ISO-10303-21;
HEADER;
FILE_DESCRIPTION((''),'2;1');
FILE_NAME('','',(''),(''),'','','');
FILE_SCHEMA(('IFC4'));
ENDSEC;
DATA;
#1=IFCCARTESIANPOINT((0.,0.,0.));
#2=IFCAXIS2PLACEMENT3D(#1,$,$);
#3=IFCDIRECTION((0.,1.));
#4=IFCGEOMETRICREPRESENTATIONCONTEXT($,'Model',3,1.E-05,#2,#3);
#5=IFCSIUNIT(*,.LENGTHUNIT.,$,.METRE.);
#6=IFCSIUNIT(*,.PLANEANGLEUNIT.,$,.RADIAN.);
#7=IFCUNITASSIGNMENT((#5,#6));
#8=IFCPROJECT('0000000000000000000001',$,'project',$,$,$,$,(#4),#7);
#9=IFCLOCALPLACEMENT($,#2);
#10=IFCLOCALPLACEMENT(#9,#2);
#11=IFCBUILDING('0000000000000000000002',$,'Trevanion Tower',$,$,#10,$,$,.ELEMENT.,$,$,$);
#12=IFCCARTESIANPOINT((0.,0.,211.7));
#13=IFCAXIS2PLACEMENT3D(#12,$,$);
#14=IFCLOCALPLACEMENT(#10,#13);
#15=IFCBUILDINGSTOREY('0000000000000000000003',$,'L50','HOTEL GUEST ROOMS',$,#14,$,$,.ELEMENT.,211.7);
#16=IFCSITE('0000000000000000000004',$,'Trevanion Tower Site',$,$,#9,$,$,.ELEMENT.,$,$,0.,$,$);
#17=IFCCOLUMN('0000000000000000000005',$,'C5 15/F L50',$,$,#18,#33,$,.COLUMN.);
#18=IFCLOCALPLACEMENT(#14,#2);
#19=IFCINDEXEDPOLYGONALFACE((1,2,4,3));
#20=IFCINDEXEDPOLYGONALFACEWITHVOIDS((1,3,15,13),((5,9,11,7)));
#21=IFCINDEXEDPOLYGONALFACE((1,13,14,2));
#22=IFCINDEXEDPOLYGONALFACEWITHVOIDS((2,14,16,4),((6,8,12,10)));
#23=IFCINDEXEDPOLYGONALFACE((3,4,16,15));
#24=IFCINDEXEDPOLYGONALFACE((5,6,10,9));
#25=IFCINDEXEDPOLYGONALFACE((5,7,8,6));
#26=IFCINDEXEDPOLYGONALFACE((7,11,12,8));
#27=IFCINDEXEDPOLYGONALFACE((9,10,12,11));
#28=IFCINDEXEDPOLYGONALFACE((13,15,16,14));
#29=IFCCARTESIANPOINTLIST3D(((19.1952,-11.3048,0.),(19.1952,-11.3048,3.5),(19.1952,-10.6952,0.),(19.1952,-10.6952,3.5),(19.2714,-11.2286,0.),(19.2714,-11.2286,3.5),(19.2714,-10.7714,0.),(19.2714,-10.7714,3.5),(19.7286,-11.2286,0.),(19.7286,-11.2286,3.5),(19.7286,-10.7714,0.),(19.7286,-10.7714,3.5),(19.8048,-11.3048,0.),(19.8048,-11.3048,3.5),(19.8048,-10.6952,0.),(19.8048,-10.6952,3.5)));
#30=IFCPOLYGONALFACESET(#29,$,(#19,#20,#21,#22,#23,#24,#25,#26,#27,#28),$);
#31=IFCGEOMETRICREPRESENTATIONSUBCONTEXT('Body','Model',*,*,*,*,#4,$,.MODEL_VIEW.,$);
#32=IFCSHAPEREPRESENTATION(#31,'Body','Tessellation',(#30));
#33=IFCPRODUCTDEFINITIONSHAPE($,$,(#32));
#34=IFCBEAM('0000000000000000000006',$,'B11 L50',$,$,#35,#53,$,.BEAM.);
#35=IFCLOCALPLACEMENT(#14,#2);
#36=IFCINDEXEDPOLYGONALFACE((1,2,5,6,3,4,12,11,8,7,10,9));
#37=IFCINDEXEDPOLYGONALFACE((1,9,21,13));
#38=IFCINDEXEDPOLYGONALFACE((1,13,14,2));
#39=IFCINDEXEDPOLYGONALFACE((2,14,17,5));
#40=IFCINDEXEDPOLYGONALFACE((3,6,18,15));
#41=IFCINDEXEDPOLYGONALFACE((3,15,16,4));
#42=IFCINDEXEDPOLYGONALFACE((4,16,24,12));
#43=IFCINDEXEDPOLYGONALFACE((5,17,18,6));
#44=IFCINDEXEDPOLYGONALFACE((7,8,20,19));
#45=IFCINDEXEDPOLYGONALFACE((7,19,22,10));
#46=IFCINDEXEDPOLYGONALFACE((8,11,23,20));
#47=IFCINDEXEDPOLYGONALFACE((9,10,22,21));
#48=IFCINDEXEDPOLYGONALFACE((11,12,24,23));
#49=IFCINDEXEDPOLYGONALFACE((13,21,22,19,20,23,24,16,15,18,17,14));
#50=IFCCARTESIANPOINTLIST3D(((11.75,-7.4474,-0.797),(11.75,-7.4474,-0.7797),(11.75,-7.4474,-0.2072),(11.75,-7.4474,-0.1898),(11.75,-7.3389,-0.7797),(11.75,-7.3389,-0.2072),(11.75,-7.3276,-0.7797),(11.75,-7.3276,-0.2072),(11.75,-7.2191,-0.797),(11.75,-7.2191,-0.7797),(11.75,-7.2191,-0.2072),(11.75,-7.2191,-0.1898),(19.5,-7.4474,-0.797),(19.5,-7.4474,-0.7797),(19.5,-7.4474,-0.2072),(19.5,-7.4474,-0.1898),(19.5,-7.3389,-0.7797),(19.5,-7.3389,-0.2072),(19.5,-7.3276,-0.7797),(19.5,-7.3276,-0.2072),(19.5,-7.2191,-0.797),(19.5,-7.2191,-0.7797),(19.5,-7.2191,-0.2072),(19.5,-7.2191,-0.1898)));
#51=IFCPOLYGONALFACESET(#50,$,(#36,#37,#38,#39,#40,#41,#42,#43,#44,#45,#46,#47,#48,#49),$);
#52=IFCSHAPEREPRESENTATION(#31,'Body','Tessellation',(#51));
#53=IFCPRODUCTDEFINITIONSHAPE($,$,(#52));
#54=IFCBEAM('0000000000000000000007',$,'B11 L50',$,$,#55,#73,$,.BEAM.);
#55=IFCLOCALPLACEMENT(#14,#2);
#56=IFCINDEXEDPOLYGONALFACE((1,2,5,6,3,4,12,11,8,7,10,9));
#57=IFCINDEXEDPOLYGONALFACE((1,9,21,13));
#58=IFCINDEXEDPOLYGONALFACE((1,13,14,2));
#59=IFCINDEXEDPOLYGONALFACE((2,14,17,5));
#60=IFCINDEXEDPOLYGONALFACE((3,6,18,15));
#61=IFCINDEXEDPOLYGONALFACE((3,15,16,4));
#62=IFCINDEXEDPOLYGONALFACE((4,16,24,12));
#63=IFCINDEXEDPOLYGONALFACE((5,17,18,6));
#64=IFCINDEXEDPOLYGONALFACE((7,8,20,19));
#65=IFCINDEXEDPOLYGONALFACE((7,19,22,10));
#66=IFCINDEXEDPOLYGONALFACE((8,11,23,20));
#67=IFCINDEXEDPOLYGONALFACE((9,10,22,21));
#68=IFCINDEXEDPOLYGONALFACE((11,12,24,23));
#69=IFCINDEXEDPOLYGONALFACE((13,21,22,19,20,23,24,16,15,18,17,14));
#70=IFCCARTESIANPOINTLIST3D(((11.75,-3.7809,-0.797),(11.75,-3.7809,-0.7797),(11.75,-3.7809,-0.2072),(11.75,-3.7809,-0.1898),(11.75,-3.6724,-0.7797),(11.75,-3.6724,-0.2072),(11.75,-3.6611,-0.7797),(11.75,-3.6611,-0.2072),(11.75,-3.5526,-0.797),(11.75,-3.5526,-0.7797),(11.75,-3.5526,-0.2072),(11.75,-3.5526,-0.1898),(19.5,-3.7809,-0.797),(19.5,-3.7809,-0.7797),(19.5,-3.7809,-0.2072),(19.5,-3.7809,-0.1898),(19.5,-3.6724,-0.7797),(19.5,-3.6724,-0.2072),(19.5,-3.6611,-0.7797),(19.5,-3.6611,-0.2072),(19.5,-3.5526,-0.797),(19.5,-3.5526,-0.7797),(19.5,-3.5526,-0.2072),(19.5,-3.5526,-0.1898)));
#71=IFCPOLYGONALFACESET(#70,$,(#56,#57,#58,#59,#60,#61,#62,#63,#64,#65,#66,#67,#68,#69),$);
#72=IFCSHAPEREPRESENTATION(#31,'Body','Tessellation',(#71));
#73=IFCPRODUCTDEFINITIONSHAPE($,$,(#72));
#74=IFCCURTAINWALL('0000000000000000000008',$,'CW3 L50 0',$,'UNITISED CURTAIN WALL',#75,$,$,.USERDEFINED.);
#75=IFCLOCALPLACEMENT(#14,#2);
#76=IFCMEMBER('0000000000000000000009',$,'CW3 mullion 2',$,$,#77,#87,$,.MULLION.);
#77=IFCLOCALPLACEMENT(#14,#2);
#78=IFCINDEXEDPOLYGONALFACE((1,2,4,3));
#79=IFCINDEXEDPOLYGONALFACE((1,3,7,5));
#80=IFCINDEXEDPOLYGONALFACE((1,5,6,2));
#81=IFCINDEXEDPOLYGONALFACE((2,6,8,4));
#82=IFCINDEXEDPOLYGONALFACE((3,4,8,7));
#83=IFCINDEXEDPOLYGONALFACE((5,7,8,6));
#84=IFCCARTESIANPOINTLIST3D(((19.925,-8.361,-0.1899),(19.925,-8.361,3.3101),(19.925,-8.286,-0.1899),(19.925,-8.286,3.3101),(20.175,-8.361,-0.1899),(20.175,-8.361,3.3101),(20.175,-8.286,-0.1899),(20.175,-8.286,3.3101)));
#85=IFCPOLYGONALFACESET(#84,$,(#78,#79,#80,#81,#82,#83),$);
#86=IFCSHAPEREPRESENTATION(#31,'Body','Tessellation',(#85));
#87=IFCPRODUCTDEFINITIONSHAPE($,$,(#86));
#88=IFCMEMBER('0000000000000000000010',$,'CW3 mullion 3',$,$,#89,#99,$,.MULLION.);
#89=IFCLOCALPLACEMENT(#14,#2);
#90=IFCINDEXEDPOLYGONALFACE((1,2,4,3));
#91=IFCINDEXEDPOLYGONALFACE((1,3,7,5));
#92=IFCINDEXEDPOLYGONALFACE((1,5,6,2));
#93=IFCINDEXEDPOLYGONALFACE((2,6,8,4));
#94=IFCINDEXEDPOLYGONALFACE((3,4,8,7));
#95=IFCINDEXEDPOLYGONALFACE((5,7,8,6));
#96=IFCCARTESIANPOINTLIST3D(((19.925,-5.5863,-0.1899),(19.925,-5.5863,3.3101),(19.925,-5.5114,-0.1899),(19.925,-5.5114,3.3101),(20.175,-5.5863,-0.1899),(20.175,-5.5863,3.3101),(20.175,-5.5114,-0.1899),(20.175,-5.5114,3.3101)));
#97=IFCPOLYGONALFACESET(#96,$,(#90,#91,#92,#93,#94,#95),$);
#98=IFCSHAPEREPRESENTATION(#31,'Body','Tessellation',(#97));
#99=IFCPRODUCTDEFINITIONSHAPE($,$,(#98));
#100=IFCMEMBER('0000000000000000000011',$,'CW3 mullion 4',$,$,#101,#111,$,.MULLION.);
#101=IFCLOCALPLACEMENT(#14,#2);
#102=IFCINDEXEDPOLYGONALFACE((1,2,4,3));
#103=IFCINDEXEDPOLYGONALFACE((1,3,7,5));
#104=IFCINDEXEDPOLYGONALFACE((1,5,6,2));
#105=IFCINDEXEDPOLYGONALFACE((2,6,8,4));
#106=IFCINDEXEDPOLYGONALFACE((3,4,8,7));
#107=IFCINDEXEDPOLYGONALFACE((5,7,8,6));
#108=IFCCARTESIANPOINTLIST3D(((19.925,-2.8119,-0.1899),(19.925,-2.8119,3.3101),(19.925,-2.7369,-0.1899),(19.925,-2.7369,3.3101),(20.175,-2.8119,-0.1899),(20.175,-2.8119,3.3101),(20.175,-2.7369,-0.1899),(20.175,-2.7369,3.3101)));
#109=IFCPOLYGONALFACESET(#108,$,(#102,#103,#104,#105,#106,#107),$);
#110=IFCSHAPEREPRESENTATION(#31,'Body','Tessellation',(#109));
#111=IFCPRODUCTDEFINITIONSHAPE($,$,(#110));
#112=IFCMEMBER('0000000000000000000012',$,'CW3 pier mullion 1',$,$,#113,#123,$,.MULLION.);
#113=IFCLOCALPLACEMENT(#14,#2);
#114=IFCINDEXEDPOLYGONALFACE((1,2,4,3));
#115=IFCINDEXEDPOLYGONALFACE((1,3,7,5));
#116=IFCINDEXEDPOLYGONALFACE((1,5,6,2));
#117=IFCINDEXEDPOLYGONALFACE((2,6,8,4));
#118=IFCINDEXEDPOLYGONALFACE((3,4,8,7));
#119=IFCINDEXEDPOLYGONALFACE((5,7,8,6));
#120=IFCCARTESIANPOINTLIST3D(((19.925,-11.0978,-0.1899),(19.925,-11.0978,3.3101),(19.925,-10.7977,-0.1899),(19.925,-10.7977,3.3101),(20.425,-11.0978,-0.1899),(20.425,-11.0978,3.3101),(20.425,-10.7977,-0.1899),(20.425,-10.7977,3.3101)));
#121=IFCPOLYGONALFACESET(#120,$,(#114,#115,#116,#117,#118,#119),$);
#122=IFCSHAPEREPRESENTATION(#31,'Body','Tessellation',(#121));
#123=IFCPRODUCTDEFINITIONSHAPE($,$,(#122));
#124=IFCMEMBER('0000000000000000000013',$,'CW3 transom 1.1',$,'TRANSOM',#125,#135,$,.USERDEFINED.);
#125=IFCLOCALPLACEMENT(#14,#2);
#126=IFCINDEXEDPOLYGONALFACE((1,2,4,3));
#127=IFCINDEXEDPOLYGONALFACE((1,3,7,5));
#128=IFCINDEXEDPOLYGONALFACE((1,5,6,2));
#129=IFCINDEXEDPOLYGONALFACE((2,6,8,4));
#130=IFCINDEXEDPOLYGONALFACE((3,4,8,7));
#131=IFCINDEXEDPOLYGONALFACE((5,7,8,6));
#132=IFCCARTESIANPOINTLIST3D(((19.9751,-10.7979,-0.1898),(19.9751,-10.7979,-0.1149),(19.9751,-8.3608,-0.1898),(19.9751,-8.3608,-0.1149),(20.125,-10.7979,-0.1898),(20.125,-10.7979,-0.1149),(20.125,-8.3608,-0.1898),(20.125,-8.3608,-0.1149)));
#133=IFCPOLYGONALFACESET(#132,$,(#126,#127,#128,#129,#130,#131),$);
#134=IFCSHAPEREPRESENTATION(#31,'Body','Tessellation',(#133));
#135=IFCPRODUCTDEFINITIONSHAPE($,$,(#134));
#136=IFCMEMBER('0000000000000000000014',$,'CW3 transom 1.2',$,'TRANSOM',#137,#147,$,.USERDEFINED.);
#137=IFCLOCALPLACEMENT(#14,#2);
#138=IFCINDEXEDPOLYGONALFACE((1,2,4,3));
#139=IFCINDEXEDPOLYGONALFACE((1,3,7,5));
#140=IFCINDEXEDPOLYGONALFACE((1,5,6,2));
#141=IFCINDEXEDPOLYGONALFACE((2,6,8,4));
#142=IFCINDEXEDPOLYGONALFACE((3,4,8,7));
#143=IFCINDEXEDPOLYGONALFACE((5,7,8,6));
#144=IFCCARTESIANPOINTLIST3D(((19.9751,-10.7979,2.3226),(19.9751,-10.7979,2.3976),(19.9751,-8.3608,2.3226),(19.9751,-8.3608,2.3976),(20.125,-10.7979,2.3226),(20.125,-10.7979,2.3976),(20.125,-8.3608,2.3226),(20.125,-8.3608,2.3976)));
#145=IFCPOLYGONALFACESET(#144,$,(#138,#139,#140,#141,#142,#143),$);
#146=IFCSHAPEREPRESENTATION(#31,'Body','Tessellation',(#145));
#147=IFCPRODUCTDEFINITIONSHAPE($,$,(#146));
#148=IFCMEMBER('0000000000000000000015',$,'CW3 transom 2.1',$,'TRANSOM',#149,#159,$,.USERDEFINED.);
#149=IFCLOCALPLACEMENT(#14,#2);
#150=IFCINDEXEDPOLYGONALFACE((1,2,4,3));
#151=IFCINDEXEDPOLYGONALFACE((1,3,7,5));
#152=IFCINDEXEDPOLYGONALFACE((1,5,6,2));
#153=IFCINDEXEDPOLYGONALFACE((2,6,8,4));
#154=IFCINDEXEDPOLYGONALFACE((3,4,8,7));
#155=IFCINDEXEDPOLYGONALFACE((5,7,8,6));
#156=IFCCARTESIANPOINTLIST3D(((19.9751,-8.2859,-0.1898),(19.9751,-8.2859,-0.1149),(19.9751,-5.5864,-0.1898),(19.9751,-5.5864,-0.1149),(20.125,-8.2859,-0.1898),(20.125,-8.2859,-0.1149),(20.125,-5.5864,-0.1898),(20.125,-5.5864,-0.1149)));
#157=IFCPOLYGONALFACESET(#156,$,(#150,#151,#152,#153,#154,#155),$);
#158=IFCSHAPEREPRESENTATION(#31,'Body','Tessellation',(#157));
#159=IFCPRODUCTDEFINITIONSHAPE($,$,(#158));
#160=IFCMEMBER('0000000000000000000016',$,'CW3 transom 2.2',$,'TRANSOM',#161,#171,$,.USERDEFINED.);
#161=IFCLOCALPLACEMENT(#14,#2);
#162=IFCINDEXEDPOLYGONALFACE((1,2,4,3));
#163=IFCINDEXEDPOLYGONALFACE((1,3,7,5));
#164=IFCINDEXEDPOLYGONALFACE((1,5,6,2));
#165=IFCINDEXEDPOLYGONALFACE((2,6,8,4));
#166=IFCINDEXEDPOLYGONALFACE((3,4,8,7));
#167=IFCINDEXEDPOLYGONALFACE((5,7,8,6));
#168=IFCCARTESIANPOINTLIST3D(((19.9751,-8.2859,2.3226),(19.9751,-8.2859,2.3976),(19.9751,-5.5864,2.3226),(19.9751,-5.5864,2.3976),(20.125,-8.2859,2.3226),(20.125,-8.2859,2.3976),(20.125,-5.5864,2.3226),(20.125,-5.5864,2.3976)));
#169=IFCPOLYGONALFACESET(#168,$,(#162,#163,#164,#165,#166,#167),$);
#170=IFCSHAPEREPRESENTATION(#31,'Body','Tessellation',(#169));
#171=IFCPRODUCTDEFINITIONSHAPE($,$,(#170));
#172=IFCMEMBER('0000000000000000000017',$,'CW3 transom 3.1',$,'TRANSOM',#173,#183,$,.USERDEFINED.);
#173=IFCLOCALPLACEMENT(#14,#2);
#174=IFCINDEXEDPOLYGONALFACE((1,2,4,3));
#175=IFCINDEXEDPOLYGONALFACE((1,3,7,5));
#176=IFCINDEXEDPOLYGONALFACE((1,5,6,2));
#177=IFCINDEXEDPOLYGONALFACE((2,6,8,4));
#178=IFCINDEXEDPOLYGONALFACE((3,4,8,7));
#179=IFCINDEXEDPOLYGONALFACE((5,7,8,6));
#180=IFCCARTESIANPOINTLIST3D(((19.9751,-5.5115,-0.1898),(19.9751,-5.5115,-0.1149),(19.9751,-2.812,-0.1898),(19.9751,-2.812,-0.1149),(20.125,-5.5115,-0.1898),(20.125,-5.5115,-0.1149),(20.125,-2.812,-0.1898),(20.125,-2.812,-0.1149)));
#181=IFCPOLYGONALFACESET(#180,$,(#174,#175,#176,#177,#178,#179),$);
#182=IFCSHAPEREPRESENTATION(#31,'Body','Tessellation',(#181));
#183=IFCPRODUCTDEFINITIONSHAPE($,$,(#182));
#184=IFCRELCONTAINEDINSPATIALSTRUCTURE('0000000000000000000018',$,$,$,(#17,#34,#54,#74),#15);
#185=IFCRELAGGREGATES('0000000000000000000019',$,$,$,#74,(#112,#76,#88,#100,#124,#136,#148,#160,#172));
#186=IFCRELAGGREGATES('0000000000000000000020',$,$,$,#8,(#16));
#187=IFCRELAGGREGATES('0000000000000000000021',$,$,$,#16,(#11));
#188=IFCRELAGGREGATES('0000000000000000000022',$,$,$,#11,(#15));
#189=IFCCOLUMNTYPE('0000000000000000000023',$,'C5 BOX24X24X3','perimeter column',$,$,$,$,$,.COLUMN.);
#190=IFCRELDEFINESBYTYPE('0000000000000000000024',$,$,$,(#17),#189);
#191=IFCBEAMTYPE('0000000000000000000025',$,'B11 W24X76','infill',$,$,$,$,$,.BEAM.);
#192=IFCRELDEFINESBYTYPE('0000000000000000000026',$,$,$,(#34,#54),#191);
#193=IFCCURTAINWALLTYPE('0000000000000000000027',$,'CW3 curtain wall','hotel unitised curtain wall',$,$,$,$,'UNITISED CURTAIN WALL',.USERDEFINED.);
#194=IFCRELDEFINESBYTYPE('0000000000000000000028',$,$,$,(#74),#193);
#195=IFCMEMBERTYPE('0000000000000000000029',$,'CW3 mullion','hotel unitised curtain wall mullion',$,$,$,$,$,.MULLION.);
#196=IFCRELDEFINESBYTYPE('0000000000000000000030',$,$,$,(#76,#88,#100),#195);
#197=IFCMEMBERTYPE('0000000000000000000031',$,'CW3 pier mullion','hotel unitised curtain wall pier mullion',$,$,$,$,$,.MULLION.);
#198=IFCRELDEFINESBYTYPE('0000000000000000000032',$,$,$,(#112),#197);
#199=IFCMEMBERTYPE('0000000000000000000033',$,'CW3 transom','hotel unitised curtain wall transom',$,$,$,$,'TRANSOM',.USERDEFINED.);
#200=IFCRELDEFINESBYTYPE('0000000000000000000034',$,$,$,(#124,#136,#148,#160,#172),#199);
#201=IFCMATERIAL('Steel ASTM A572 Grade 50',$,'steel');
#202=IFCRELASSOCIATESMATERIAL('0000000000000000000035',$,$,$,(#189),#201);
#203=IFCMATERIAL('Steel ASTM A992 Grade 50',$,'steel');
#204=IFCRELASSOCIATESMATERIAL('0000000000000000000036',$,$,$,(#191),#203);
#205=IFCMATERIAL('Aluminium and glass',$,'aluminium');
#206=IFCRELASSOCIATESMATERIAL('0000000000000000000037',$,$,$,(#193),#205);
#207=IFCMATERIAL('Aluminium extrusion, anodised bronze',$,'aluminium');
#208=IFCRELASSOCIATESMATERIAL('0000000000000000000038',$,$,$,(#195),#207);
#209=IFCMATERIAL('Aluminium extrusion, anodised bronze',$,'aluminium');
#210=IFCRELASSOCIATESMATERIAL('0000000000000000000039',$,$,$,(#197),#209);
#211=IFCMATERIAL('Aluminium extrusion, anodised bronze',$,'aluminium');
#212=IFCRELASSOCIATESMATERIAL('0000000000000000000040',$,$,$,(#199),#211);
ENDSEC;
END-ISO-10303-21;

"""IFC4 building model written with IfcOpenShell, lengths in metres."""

from ifc_helpers import new_model, si_unit, direction, frame, origin, origin_2d, place, context, subcontext, project, spatial, rectangle, hollow_rectangle, i_section, extrude, material, material_profile, profile_set, type_object, element, aggregate, save


model = new_model("IFC4")

# Units and contexts
model_context = context("Model", 3, precision=1e-05, world=origin(), true_north=direction((0.0, 1.0)))
body_context = subcontext(model_context, "Body", "Model", "MODEL_VIEW")
ifc_project = project(units=[si_unit("LENGTHUNIT", "METRE"), si_unit("PLANEANGLEUNIT", "RADIAN")], contexts=[model_context])

# Site, building, storey
site_placement = place(None, origin())
site = spatial("IfcSite", under=ifc_project, at=site_placement, Name="Trevanion Tower Site", CompositionType="ELEMENT", RefElevation=0.0)
building_placement = place(site_placement, origin())
building = spatial("IfcBuilding", under=site, at=building_placement, Name="Trevanion Tower", CompositionType="ELEMENT")
storey_placement = place(building_placement, frame((0.0, 0.0, 211.7)))
storey = spatial("IfcBuildingStorey", under=building, at=storey_placement, Name="L50", Description="HOTEL GUEST ROOMS", CompositionType="ELEMENT", Elevation=211.7)

# Column
ifc_material_1 = material(Name="Steel ASTM A572 Grade 50", Category="steel")
ifc_material_profile_1 = material_profile(ifc_material_1, hollow_rectangle(XDim=0.6096, YDim=0.6096, WallThickness=0.0762, at=origin_2d()), Name="BOX24X24X3")
ifc_profile_set_1 = profile_set([ifc_material_profile_1], Name="Steel ASTM A572 Grade 50")
column_type = type_object("IfcColumnType", Name="C5 BOX24X24X3", Description="perimeter column", PredefinedType="COLUMN", material=ifc_profile_set_1)
column_placement = place(storey_placement, frame((19.5, -11.0, 0.0), z_axis=(0.0, 0.0, 1.0), x_axis=(0.0, 1.0, 0.0)))
element("IfcColumn", 1, at=column_placement, inside=storey, type_object=column_type, Name="C5 15/F L50", PredefinedType="COLUMN", context=body_context, shape_type="SweptSolid", body=[
    extrude(hollow_rectangle(XDim=0.6096, YDim=0.6096, WallThickness=0.0762, at=origin_2d()), origin(), (0.0, 0.0, 1.0), 3.5),
])

# Beams
ifc_material_2 = material(Name="Steel ASTM A992 Grade 50", Category="steel")
ifc_material_profile_2 = material_profile(ifc_material_2, i_section(OverallWidth=0.2283, OverallDepth=0.6072, WebThickness=0.0112, FlangeThickness=0.0173, at=origin_2d()), Name="W24X76")
ifc_profile_set_2 = profile_set([ifc_material_profile_2], Name="Steel ASTM A992 Grade 50")
beam_type_1 = type_object("IfcBeamType", Name="B11 W24X76", Description="infill", PredefinedType="BEAM", material=ifc_profile_set_2)
for number, where, z_axis, x_axis, name in (
    (2, (11.75, -7.3333, -0.4934), (1.0, 0.0, 0.0), (0.0, 1.0, 0.0), "B11 L50"),
    (3, (11.75, -3.6667, -0.4934), (1.0, 0.0, 0.0), (0.0, 1.0, 0.0), "B11 L50"),
):
    element("IfcBeam", number, at=place(storey_placement, frame(where, z_axis=z_axis, x_axis=x_axis)), inside=storey, type_object=beam_type_1, Name=name, PredefinedType="BEAM", context=body_context, shape_type="SweptSolid", body=[
        extrude(i_section(OverallWidth=0.2283, OverallDepth=0.6072, WebThickness=0.0112, FlangeThickness=0.0173, at=origin_2d()), origin(), (0.0, 0.0, 1.0), 7.75),
    ])

# Curtain wall, members
ifc_material_3 = material(Name="Aluminium and glass", Category="aluminium")
curtain_wall_type = type_object("IfcCurtainWallType", Name="CW3 curtain wall", Description="hotel unitised curtain wall", ElementType="UNITISED CURTAIN WALL", PredefinedType="USERDEFINED", material=ifc_material_3)
curtain_wall_placement = place(storey_placement, origin())
curtain_wall = element("IfcCurtainWall", 4, at=curtain_wall_placement, inside=storey, type_object=curtain_wall_type, Name="CW3 L50 0", ObjectType="UNITISED CURTAIN WALL", PredefinedType="USERDEFINED")
ifc_material_4 = material(Name="Aluminium extrusion, anodised bronze", Category="aluminium")
ifc_material_profile_3 = material_profile(ifc_material_4, rectangle(XDim=0.075, YDim=0.25, at=origin_2d()), Name="CW3 mullion")
ifc_profile_set_3 = profile_set([ifc_material_profile_3], Name="Aluminium extrusion, anodised bronze")
member_type_1 = type_object("IfcMemberType", Name="CW3 mullion", Description="hotel unitised curtain wall mullion", PredefinedType="MULLION", material=ifc_profile_set_3)
member_1_placement = place(storey_placement, frame((20.05, -8.3235, -0.1899), z_axis=(0.0, 0.0, 1.0), x_axis=(0.0, 1.0, 0.0)))
member_1 = element("IfcMember", 5, at=member_1_placement, type_object=member_type_1, Name="CW3 mullion 2", PredefinedType="MULLION", context=body_context, shape_type="SweptSolid", body=[
    extrude(rectangle(XDim=0.075, YDim=0.25, at=origin_2d()), origin(), (0.0, 0.0, 1.0), 3.5),
])
member_2_placement = place(storey_placement, frame((20.05, -5.5488, -0.1899), z_axis=(0.0, 0.0, 1.0), x_axis=(0.0, 1.0, 0.0)))
member_2 = element("IfcMember", 6, at=member_2_placement, type_object=member_type_1, Name="CW3 mullion 3", PredefinedType="MULLION", context=body_context, shape_type="SweptSolid", body=[
    extrude(rectangle(XDim=0.075, YDim=0.25, at=origin_2d()), origin(), (0.0, 0.0, 1.0), 3.5),
])
member_3_placement = place(storey_placement, frame((20.05, -2.7744, -0.1899), z_axis=(0.0, 0.0, 1.0), x_axis=(0.0, 1.0, 0.0)))
member_3 = element("IfcMember", 7, at=member_3_placement, type_object=member_type_1, Name="CW3 mullion 4", PredefinedType="MULLION", context=body_context, shape_type="SweptSolid", body=[
    extrude(rectangle(XDim=0.075, YDim=0.25, at=origin_2d()), origin(), (0.0, 0.0, 1.0), 3.5),
])
ifc_material_5 = material(Name="Aluminium extrusion, anodised bronze", Category="aluminium")
ifc_material_profile_4 = material_profile(ifc_material_5, rectangle(XDim=0.3, YDim=0.5, at=origin_2d()), Name="CW3 pier mullion")
ifc_profile_set_4 = profile_set([ifc_material_profile_4], Name="Aluminium extrusion, anodised bronze")
member_type_2 = type_object("IfcMemberType", Name="CW3 pier mullion", Description="hotel unitised curtain wall pier mullion", PredefinedType="MULLION", material=ifc_profile_set_4)
member_4_placement = place(storey_placement, frame((20.175, -10.9478, -0.1899), z_axis=(0.0, 0.0, 1.0), x_axis=(0.0, 1.0, 0.0)))
member_4 = element("IfcMember", 8, at=member_4_placement, type_object=member_type_2, Name="CW3 pier mullion 1", PredefinedType="MULLION", context=body_context, shape_type="SweptSolid", body=[
    extrude(rectangle(XDim=0.3, YDim=0.5, at=origin_2d()), origin(), (0.0, 0.0, 1.0), 3.5),
])
ifc_material_6 = material(Name="Aluminium extrusion, anodised bronze", Category="aluminium")
ifc_material_profile_5 = material_profile(ifc_material_6, rectangle(XDim=0.1499, YDim=0.075, at=origin_2d()), Name="CW3 transom")
ifc_profile_set_5 = profile_set([ifc_material_profile_5], Name="Aluminium extrusion, anodised bronze")
member_type_3 = type_object("IfcMemberType", Name="CW3 transom", Description="hotel unitised curtain wall transom", ElementType="TRANSOM", PredefinedType="USERDEFINED", material=ifc_profile_set_5)
member_5_placement = place(storey_placement, frame((20.05, -10.7979, -0.1523), z_axis=(0.0, 1.0, 0.0), x_axis=(-1.0, 0.0, 0.0)))
member_5 = element("IfcMember", 9, at=member_5_placement, type_object=member_type_3, Name="CW3 transom 1.1", ObjectType="TRANSOM", PredefinedType="USERDEFINED", context=body_context, shape_type="SweptSolid", body=[
    extrude(rectangle(XDim=0.1499, YDim=0.075, at=origin_2d()), origin(), (0.0, 0.0, 1.0), 2.437),
])
member_6_placement = place(storey_placement, frame((20.05, -10.7979, 2.3601), z_axis=(0.0, 1.0, 0.0), x_axis=(-1.0, 0.0, 0.0)))
member_6 = element("IfcMember", 10, at=member_6_placement, type_object=member_type_3, Name="CW3 transom 1.2", ObjectType="TRANSOM", PredefinedType="USERDEFINED", context=body_context, shape_type="SweptSolid", body=[
    extrude(rectangle(XDim=0.1499, YDim=0.075, at=origin_2d()), origin(), (0.0, 0.0, 1.0), 2.437),
])
member_7_placement = place(storey_placement, frame((20.05, -8.2859, -0.1523), z_axis=(0.0, 1.0, 0.0), x_axis=(-1.0, 0.0, 0.0)))
member_7 = element("IfcMember", 11, at=member_7_placement, type_object=member_type_3, Name="CW3 transom 2.1", ObjectType="TRANSOM", PredefinedType="USERDEFINED", context=body_context, shape_type="SweptSolid", body=[
    extrude(rectangle(XDim=0.1499, YDim=0.075, at=origin_2d()), origin(), (0.0, 0.0, 1.0), 2.6995),
])
member_8_placement = place(storey_placement, frame((20.05, -8.2859, 2.3601), z_axis=(0.0, 1.0, 0.0), x_axis=(-1.0, 0.0, 0.0)))
member_8 = element("IfcMember", 12, at=member_8_placement, type_object=member_type_3, Name="CW3 transom 2.2", ObjectType="TRANSOM", PredefinedType="USERDEFINED", context=body_context, shape_type="SweptSolid", body=[
    extrude(rectangle(XDim=0.1499, YDim=0.075, at=origin_2d()), origin(), (0.0, 0.0, 1.0), 2.6995),
])
member_9_placement = place(storey_placement, frame((20.05, -5.5115, -0.1523), z_axis=(0.0, 1.0, 0.0), x_axis=(-1.0, 0.0, 0.0)))
member_9 = element("IfcMember", 13, at=member_9_placement, type_object=member_type_3, Name="CW3 transom 3.1", ObjectType="TRANSOM", PredefinedType="USERDEFINED", context=body_context, shape_type="SweptSolid", body=[
    extrude(rectangle(XDim=0.1499, YDim=0.075, at=origin_2d()), origin(), (0.0, 0.0, 1.0), 2.6995),
])

aggregate(curtain_wall, [member_4, member_1, member_2, member_3, member_5, member_6, member_7, member_8, member_9])

save(model, "model.ifc")
